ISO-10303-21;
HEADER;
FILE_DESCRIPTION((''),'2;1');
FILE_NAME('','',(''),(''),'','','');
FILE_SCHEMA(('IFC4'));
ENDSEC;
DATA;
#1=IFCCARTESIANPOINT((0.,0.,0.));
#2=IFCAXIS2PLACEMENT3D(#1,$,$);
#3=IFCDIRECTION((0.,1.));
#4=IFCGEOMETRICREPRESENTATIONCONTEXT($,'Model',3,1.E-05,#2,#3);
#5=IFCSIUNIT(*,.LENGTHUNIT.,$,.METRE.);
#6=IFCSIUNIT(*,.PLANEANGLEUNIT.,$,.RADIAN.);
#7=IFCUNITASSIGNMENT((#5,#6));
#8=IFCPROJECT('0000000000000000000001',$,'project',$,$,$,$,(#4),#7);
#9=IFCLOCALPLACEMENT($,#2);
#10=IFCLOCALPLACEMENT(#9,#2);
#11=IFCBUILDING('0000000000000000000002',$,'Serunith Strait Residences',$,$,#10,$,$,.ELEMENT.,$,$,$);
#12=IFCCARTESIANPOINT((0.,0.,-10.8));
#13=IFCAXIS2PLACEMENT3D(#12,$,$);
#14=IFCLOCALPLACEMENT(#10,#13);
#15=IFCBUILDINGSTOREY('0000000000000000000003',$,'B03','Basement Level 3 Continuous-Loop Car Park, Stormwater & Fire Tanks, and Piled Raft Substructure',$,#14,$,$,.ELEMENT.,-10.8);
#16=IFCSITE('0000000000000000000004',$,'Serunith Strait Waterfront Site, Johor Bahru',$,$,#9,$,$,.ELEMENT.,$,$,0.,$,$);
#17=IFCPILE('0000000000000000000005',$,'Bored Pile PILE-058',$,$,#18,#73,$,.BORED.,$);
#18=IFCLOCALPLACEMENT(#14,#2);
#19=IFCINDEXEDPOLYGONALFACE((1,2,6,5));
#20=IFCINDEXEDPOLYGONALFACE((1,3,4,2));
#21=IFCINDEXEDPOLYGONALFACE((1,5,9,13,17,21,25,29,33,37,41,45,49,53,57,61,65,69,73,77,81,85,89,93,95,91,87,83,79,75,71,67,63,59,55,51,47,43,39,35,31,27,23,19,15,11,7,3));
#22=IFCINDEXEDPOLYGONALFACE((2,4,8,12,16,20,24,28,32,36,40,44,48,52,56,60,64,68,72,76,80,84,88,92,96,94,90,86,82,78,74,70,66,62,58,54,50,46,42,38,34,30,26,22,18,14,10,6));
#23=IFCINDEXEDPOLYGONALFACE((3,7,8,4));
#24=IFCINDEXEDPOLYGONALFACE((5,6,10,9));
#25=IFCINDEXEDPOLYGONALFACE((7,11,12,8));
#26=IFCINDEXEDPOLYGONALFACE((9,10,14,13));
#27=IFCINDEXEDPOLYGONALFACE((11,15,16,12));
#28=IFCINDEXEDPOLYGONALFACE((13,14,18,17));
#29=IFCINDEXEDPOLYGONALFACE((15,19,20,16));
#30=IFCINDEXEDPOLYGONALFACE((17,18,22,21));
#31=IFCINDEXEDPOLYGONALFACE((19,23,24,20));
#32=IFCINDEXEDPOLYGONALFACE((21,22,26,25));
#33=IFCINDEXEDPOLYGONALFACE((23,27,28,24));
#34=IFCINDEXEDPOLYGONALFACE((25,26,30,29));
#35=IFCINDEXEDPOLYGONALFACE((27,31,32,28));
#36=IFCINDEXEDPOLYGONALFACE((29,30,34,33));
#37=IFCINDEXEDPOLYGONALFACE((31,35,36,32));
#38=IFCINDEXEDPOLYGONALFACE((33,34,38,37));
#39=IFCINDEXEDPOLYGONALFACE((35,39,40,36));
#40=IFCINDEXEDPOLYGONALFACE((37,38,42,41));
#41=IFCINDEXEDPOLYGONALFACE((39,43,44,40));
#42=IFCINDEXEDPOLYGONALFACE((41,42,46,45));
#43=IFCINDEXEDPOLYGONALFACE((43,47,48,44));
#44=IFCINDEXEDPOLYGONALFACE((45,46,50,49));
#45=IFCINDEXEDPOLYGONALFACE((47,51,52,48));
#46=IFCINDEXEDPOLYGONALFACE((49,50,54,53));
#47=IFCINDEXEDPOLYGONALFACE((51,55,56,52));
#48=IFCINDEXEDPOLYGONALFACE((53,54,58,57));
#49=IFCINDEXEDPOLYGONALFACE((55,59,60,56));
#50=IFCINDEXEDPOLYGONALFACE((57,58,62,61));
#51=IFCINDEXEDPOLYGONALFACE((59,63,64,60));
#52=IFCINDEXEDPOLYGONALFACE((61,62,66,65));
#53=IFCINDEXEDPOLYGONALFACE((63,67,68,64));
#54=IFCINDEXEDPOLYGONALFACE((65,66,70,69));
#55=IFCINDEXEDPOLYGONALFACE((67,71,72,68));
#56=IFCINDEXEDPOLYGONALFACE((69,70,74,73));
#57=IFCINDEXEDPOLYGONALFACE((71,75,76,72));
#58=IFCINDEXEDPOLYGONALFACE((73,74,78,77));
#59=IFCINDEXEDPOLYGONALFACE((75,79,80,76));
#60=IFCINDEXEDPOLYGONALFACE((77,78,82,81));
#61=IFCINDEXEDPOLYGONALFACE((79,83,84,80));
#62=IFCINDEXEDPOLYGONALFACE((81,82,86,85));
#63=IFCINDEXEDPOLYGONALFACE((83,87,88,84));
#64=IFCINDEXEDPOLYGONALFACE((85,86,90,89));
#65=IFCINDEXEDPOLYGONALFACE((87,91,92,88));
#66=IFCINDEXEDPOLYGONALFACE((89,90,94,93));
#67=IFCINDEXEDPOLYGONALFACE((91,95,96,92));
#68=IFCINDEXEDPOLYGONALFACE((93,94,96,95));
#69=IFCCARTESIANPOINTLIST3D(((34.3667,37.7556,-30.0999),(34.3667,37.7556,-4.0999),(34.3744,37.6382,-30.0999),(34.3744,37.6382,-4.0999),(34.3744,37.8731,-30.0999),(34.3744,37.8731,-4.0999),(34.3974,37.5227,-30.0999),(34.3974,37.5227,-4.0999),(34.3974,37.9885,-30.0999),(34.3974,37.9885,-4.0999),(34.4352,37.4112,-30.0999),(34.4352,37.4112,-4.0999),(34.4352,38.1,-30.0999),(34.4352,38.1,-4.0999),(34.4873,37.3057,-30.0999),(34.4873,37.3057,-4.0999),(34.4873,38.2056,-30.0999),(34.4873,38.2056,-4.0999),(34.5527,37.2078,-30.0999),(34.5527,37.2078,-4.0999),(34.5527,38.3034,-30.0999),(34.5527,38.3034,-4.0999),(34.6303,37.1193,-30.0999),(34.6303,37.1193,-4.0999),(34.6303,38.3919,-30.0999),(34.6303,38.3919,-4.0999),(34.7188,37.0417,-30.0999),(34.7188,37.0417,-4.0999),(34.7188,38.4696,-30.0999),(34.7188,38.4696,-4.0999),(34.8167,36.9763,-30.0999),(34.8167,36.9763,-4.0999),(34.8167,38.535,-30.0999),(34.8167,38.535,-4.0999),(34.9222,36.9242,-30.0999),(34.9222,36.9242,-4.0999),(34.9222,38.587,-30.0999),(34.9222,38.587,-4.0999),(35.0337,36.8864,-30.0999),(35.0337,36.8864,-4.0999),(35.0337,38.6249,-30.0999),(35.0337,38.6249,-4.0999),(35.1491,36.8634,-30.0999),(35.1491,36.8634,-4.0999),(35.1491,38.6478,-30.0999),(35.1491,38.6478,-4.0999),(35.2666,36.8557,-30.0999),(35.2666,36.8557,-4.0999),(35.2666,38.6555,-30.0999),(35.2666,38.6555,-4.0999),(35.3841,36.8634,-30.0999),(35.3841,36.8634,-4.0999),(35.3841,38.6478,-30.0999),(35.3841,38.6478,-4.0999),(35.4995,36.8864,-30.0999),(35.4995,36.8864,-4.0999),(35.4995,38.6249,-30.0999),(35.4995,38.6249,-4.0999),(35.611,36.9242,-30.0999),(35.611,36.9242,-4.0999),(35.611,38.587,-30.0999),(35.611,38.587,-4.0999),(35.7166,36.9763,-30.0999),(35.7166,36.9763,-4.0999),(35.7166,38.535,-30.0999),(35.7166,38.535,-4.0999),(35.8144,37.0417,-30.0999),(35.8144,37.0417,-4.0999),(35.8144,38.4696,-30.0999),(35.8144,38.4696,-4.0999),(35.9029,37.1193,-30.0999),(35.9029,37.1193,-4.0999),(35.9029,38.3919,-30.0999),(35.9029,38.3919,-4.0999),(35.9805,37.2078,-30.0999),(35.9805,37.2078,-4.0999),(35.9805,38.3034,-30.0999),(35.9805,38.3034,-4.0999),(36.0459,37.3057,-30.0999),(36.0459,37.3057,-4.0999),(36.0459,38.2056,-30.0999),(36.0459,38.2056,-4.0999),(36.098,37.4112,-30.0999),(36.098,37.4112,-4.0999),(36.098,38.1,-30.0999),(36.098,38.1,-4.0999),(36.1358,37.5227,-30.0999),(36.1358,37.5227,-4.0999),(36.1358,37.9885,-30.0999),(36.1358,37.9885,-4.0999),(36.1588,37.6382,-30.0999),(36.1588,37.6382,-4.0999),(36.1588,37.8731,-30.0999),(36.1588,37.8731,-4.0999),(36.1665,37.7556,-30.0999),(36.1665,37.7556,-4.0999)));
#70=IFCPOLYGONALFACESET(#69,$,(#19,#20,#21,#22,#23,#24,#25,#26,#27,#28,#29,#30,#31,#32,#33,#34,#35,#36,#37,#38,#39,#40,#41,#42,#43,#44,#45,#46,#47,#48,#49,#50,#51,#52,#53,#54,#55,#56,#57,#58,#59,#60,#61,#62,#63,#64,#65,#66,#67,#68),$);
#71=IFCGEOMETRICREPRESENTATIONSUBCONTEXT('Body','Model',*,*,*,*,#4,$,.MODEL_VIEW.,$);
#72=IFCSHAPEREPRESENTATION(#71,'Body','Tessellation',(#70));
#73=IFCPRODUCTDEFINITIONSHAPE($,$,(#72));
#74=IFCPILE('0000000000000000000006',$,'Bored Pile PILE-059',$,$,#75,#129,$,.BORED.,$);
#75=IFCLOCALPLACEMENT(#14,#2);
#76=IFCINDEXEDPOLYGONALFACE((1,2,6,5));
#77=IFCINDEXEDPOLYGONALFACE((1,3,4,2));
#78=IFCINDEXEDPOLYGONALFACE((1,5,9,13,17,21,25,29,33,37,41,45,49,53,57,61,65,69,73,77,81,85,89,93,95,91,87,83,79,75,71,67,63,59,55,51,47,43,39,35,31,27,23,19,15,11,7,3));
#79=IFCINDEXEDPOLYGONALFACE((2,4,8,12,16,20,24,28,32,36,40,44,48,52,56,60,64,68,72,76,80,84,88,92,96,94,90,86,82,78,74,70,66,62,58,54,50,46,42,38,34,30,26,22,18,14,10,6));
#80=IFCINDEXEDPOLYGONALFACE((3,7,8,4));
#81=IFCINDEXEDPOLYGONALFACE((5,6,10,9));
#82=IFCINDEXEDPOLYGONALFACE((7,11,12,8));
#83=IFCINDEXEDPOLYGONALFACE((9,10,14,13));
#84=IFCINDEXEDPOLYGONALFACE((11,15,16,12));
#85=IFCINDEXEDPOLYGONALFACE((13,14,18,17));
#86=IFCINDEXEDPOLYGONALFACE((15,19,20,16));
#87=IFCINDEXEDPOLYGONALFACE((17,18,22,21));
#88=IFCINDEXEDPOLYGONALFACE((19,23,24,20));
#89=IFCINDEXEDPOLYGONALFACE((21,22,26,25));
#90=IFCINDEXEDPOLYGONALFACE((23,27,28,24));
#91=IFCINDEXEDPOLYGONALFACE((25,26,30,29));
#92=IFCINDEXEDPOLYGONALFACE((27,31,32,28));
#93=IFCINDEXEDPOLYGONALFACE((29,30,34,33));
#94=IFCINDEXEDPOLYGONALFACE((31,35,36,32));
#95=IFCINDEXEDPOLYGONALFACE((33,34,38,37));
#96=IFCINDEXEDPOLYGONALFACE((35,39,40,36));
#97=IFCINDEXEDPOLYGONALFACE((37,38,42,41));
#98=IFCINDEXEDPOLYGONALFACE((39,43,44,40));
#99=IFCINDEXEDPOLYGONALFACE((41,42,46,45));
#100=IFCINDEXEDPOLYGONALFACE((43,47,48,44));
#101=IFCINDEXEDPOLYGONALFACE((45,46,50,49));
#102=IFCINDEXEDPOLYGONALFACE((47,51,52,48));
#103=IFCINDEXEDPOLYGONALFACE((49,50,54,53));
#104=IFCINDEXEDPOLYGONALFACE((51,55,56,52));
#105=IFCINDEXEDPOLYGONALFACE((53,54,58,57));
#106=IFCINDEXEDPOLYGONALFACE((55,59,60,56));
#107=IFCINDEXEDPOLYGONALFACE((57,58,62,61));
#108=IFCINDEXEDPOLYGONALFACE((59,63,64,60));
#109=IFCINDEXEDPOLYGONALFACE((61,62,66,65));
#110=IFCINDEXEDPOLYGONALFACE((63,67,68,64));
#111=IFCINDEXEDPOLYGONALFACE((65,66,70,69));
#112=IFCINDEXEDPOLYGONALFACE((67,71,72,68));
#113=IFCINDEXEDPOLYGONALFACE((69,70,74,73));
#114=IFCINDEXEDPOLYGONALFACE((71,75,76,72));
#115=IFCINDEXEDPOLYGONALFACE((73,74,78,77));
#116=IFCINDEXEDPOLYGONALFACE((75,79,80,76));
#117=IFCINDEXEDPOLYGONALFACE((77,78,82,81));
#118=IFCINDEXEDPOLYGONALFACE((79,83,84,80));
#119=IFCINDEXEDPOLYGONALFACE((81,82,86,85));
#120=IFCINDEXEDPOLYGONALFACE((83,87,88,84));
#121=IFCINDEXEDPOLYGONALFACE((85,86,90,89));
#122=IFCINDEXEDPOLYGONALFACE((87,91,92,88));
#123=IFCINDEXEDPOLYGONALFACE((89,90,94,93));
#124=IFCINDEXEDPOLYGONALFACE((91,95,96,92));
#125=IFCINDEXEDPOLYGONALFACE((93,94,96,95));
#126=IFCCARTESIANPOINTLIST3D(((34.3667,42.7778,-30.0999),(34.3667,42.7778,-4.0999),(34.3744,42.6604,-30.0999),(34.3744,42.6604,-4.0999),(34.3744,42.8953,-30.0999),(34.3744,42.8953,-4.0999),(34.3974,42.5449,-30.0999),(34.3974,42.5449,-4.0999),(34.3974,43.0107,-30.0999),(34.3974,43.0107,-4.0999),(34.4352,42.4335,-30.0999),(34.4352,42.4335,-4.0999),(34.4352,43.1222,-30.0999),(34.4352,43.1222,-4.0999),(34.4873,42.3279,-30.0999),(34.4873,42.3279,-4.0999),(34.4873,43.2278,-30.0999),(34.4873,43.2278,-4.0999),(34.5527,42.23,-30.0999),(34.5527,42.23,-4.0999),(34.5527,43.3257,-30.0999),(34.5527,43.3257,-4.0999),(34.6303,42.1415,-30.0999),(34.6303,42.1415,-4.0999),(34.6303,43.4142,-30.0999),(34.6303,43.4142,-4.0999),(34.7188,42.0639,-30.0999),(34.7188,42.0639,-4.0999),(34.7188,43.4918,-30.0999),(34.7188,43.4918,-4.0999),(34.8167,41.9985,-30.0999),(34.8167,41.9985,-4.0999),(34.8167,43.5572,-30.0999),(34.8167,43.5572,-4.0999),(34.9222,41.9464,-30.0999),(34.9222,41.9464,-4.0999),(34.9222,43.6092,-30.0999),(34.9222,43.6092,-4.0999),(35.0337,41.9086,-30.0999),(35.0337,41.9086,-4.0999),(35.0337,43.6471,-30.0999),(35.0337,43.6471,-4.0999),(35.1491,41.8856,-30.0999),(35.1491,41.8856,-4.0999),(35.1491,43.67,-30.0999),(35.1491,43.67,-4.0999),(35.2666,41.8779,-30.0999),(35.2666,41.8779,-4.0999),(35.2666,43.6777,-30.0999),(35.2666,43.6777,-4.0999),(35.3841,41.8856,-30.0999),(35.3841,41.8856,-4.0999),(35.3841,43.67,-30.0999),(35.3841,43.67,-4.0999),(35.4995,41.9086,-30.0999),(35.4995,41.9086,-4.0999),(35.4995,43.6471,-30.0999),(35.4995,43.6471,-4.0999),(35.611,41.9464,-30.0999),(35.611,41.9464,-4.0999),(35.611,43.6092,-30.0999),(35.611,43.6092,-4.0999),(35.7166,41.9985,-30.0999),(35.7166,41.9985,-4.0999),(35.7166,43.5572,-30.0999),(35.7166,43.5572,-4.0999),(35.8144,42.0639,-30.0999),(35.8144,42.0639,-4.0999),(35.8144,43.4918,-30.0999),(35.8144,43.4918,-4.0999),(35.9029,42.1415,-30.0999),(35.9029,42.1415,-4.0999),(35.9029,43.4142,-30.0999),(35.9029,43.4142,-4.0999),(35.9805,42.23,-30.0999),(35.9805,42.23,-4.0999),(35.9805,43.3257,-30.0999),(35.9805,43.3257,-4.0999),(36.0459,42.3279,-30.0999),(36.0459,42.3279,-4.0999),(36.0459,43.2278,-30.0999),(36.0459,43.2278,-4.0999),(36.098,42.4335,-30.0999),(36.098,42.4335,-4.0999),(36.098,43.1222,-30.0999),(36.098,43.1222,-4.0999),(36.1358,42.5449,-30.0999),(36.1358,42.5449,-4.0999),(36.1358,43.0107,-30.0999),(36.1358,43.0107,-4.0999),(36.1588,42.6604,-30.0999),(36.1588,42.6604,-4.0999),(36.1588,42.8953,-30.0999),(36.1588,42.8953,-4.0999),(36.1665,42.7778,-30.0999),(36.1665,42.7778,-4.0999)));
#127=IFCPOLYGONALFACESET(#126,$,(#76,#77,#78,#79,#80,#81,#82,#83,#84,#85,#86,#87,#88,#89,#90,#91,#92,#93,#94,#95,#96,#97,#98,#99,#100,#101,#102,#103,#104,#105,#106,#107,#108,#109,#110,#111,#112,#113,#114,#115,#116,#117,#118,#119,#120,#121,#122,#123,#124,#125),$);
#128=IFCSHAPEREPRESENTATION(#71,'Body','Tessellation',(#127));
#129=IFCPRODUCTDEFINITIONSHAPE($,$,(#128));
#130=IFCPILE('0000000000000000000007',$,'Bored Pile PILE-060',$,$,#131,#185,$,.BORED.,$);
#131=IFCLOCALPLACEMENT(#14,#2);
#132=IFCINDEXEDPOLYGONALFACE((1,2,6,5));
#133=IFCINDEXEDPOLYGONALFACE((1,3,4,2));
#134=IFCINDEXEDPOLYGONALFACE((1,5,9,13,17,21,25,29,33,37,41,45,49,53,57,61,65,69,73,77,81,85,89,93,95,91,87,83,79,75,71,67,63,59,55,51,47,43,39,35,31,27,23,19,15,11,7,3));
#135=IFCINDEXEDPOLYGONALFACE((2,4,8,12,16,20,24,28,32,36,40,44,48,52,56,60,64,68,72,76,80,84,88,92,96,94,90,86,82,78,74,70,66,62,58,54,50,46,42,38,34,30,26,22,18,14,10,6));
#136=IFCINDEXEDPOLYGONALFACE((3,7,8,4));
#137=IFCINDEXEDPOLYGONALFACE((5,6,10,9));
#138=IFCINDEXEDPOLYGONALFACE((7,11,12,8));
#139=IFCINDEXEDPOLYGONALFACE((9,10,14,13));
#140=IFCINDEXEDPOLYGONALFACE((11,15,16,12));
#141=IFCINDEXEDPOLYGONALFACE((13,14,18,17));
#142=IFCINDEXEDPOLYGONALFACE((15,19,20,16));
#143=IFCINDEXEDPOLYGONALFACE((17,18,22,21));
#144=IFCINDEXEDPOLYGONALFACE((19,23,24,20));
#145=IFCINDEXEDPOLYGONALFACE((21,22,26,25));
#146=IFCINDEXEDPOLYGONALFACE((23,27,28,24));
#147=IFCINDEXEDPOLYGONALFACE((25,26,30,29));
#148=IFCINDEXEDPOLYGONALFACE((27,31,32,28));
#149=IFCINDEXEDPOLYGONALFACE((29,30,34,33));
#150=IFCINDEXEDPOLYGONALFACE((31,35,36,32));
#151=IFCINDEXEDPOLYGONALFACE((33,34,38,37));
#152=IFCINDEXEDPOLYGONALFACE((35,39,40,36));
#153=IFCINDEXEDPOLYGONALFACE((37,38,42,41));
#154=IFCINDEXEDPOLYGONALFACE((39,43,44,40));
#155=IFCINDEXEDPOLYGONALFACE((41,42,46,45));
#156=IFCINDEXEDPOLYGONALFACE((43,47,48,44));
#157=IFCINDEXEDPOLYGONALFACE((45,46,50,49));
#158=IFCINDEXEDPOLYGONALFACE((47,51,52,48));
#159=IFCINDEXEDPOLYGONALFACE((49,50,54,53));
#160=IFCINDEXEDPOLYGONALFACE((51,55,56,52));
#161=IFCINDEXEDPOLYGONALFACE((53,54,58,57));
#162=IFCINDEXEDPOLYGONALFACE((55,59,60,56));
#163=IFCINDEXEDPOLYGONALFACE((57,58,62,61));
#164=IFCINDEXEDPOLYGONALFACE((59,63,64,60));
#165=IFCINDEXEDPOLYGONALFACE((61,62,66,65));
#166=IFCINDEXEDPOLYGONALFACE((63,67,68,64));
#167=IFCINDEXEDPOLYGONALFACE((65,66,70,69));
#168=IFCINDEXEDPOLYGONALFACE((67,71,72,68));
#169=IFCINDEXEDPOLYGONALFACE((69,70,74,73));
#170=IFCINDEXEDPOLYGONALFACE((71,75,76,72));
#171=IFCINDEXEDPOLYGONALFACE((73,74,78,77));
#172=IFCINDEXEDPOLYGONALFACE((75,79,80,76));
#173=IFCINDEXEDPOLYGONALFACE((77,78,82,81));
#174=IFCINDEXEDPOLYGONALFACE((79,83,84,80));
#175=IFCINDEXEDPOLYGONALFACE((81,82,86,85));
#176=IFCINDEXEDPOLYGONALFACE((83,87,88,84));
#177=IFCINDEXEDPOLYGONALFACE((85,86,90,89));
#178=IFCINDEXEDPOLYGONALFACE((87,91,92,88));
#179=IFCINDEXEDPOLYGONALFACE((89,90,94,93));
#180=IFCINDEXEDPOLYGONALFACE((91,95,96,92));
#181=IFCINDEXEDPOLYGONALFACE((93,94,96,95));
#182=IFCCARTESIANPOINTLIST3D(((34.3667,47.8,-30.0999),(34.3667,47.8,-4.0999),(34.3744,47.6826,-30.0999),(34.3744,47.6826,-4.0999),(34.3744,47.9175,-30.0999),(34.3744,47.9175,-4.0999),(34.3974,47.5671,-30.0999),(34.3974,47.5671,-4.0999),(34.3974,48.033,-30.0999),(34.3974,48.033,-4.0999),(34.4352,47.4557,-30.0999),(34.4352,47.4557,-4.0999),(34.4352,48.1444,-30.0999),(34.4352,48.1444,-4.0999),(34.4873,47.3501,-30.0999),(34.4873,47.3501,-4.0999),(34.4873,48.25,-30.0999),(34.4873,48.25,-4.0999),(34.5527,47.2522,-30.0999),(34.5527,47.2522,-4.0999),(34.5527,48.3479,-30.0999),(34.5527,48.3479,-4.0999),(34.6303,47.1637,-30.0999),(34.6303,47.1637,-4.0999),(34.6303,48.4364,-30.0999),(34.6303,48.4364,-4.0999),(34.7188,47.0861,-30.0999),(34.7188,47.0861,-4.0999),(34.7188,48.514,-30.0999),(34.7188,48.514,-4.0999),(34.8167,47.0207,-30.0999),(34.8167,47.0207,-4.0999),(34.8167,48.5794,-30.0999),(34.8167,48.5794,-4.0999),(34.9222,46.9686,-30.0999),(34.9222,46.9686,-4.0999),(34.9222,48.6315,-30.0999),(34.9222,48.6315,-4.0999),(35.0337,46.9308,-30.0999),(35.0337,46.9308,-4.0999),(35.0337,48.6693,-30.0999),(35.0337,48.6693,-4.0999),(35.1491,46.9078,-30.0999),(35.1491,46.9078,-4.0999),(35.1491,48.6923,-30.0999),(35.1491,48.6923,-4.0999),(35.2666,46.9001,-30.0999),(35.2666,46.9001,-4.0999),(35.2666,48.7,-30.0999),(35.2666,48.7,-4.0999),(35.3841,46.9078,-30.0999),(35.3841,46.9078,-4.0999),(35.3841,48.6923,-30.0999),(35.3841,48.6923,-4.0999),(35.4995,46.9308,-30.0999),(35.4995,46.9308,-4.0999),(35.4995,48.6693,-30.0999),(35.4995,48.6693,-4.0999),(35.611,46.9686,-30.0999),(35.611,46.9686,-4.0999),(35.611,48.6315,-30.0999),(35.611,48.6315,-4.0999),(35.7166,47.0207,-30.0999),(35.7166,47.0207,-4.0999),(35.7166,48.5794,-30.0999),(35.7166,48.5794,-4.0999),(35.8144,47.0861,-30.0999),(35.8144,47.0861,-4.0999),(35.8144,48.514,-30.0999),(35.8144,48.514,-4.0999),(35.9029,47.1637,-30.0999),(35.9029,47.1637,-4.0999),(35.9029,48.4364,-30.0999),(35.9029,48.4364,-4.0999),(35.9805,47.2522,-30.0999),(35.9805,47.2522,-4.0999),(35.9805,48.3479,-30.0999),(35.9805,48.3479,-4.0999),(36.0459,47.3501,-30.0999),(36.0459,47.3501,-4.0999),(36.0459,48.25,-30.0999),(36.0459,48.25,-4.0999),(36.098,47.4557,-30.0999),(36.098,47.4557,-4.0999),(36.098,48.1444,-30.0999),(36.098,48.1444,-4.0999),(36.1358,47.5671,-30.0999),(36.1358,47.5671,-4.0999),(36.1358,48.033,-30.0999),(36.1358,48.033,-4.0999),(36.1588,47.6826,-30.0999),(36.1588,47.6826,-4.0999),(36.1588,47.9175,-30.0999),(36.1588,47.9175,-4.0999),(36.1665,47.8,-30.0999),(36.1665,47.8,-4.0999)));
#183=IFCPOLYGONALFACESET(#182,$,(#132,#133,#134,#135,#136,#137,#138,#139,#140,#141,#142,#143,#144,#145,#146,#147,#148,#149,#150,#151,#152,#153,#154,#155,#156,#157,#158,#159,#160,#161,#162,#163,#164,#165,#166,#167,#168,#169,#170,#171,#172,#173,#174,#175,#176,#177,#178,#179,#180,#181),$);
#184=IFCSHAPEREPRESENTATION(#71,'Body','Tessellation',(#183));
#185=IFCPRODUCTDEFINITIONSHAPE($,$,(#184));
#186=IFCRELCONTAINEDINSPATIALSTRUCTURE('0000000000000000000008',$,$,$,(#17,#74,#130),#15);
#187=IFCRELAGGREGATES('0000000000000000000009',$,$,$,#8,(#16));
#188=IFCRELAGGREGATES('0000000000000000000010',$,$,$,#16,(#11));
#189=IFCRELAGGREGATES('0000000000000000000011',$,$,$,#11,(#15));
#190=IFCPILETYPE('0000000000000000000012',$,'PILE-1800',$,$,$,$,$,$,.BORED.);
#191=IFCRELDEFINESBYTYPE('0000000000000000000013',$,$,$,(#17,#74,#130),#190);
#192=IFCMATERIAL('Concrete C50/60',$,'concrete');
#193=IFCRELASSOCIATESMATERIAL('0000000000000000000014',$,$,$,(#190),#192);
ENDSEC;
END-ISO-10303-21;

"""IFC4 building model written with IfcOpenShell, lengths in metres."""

from ifc_helpers import new_model, si_unit, direction, frame, origin, origin_2d, place, context, subcontext, project, spatial, circle, extrude, source, transform, mapped, material, material_profile, profile_set, type_object, element, save


model = new_model("IFC4")

# Units and contexts
model_context = context("Model", 3, precision=1e-05, world=origin(), true_north=direction((0.0, 1.0)))
body_context = subcontext(model_context, "Body", "Model", "MODEL_VIEW")
ifc_project = project(units=[si_unit("LENGTHUNIT", "METRE"), si_unit("PLANEANGLEUNIT", "RADIAN")], contexts=[model_context])

# Site, building, storey
site_placement = place(None, origin())
site = spatial("IfcSite", under=ifc_project, at=site_placement, Name="Serunith Strait Waterfront Site, Johor Bahru", CompositionType="ELEMENT", RefElevation=0.0)
building_placement = place(site_placement, origin())
building = spatial("IfcBuilding", under=site, at=building_placement, Name="Serunith Strait Residences", CompositionType="ELEMENT")
storey_placement = place(building_placement, frame((0.0, 0.0, -10.8)))
storey = spatial("IfcBuildingStorey", under=building, at=storey_placement, Name="B03", Description="Basement Level 3 Continuous-Loop Car Park, Stormwater & Fire Tanks, and Piled Raft Substructure", CompositionType="ELEMENT", Elevation=-10.8)

# Piles
ifc_material_1 = material(Name="Concrete C50/60", Category="concrete")
ifc_material_profile_1 = material_profile(ifc_material_1, circle(Radius=0.8999, at=origin_2d()), Name="PILE D1800")
ifc_profile_set_1 = profile_set([ifc_material_profile_1], Name="Concrete C50/60")
pile_type_1 = type_object("IfcPileType", Name="PILE-1800", PredefinedType="BORED", material=ifc_profile_set_1)
shared_shape_1 = source(origin(), body_context, "Body", "SweptSolid", [
    extrude(circle(Radius=0.8999, at=origin_2d()), origin(), (0.0, 0.0, 1.0), 26.0),
])
for number, where, z_axis, x_axis, name in (
    (1, (35.2666, 37.7556, -4.0999), (0.0, 0.0, -1.0), (1.0, 0.0, 0.0), "Bored Pile PILE-058"),
    (2, (35.2666, 42.7778, -4.0999), (0.0, 0.0, -1.0), (1.0, 0.0, 0.0), "Bored Pile PILE-059"),
    (3, (35.2666, 47.8, -4.0999), (0.0, 0.0, -1.0), (1.0, 0.0, 0.0), "Bored Pile PILE-060"),
):
    element("IfcPile", number, at=place(storey_placement, frame(where, z_axis=z_axis, x_axis=x_axis)), inside=storey, type_object=pile_type_1, Name=name, PredefinedType="BORED", context=body_context, shape_type="MappedRepresentation", body=[
        mapped(shared_shape_1, transform((0.0, 0.0, 0.0), scale=1.0)),
    ])

save(model, "model.ifc")
